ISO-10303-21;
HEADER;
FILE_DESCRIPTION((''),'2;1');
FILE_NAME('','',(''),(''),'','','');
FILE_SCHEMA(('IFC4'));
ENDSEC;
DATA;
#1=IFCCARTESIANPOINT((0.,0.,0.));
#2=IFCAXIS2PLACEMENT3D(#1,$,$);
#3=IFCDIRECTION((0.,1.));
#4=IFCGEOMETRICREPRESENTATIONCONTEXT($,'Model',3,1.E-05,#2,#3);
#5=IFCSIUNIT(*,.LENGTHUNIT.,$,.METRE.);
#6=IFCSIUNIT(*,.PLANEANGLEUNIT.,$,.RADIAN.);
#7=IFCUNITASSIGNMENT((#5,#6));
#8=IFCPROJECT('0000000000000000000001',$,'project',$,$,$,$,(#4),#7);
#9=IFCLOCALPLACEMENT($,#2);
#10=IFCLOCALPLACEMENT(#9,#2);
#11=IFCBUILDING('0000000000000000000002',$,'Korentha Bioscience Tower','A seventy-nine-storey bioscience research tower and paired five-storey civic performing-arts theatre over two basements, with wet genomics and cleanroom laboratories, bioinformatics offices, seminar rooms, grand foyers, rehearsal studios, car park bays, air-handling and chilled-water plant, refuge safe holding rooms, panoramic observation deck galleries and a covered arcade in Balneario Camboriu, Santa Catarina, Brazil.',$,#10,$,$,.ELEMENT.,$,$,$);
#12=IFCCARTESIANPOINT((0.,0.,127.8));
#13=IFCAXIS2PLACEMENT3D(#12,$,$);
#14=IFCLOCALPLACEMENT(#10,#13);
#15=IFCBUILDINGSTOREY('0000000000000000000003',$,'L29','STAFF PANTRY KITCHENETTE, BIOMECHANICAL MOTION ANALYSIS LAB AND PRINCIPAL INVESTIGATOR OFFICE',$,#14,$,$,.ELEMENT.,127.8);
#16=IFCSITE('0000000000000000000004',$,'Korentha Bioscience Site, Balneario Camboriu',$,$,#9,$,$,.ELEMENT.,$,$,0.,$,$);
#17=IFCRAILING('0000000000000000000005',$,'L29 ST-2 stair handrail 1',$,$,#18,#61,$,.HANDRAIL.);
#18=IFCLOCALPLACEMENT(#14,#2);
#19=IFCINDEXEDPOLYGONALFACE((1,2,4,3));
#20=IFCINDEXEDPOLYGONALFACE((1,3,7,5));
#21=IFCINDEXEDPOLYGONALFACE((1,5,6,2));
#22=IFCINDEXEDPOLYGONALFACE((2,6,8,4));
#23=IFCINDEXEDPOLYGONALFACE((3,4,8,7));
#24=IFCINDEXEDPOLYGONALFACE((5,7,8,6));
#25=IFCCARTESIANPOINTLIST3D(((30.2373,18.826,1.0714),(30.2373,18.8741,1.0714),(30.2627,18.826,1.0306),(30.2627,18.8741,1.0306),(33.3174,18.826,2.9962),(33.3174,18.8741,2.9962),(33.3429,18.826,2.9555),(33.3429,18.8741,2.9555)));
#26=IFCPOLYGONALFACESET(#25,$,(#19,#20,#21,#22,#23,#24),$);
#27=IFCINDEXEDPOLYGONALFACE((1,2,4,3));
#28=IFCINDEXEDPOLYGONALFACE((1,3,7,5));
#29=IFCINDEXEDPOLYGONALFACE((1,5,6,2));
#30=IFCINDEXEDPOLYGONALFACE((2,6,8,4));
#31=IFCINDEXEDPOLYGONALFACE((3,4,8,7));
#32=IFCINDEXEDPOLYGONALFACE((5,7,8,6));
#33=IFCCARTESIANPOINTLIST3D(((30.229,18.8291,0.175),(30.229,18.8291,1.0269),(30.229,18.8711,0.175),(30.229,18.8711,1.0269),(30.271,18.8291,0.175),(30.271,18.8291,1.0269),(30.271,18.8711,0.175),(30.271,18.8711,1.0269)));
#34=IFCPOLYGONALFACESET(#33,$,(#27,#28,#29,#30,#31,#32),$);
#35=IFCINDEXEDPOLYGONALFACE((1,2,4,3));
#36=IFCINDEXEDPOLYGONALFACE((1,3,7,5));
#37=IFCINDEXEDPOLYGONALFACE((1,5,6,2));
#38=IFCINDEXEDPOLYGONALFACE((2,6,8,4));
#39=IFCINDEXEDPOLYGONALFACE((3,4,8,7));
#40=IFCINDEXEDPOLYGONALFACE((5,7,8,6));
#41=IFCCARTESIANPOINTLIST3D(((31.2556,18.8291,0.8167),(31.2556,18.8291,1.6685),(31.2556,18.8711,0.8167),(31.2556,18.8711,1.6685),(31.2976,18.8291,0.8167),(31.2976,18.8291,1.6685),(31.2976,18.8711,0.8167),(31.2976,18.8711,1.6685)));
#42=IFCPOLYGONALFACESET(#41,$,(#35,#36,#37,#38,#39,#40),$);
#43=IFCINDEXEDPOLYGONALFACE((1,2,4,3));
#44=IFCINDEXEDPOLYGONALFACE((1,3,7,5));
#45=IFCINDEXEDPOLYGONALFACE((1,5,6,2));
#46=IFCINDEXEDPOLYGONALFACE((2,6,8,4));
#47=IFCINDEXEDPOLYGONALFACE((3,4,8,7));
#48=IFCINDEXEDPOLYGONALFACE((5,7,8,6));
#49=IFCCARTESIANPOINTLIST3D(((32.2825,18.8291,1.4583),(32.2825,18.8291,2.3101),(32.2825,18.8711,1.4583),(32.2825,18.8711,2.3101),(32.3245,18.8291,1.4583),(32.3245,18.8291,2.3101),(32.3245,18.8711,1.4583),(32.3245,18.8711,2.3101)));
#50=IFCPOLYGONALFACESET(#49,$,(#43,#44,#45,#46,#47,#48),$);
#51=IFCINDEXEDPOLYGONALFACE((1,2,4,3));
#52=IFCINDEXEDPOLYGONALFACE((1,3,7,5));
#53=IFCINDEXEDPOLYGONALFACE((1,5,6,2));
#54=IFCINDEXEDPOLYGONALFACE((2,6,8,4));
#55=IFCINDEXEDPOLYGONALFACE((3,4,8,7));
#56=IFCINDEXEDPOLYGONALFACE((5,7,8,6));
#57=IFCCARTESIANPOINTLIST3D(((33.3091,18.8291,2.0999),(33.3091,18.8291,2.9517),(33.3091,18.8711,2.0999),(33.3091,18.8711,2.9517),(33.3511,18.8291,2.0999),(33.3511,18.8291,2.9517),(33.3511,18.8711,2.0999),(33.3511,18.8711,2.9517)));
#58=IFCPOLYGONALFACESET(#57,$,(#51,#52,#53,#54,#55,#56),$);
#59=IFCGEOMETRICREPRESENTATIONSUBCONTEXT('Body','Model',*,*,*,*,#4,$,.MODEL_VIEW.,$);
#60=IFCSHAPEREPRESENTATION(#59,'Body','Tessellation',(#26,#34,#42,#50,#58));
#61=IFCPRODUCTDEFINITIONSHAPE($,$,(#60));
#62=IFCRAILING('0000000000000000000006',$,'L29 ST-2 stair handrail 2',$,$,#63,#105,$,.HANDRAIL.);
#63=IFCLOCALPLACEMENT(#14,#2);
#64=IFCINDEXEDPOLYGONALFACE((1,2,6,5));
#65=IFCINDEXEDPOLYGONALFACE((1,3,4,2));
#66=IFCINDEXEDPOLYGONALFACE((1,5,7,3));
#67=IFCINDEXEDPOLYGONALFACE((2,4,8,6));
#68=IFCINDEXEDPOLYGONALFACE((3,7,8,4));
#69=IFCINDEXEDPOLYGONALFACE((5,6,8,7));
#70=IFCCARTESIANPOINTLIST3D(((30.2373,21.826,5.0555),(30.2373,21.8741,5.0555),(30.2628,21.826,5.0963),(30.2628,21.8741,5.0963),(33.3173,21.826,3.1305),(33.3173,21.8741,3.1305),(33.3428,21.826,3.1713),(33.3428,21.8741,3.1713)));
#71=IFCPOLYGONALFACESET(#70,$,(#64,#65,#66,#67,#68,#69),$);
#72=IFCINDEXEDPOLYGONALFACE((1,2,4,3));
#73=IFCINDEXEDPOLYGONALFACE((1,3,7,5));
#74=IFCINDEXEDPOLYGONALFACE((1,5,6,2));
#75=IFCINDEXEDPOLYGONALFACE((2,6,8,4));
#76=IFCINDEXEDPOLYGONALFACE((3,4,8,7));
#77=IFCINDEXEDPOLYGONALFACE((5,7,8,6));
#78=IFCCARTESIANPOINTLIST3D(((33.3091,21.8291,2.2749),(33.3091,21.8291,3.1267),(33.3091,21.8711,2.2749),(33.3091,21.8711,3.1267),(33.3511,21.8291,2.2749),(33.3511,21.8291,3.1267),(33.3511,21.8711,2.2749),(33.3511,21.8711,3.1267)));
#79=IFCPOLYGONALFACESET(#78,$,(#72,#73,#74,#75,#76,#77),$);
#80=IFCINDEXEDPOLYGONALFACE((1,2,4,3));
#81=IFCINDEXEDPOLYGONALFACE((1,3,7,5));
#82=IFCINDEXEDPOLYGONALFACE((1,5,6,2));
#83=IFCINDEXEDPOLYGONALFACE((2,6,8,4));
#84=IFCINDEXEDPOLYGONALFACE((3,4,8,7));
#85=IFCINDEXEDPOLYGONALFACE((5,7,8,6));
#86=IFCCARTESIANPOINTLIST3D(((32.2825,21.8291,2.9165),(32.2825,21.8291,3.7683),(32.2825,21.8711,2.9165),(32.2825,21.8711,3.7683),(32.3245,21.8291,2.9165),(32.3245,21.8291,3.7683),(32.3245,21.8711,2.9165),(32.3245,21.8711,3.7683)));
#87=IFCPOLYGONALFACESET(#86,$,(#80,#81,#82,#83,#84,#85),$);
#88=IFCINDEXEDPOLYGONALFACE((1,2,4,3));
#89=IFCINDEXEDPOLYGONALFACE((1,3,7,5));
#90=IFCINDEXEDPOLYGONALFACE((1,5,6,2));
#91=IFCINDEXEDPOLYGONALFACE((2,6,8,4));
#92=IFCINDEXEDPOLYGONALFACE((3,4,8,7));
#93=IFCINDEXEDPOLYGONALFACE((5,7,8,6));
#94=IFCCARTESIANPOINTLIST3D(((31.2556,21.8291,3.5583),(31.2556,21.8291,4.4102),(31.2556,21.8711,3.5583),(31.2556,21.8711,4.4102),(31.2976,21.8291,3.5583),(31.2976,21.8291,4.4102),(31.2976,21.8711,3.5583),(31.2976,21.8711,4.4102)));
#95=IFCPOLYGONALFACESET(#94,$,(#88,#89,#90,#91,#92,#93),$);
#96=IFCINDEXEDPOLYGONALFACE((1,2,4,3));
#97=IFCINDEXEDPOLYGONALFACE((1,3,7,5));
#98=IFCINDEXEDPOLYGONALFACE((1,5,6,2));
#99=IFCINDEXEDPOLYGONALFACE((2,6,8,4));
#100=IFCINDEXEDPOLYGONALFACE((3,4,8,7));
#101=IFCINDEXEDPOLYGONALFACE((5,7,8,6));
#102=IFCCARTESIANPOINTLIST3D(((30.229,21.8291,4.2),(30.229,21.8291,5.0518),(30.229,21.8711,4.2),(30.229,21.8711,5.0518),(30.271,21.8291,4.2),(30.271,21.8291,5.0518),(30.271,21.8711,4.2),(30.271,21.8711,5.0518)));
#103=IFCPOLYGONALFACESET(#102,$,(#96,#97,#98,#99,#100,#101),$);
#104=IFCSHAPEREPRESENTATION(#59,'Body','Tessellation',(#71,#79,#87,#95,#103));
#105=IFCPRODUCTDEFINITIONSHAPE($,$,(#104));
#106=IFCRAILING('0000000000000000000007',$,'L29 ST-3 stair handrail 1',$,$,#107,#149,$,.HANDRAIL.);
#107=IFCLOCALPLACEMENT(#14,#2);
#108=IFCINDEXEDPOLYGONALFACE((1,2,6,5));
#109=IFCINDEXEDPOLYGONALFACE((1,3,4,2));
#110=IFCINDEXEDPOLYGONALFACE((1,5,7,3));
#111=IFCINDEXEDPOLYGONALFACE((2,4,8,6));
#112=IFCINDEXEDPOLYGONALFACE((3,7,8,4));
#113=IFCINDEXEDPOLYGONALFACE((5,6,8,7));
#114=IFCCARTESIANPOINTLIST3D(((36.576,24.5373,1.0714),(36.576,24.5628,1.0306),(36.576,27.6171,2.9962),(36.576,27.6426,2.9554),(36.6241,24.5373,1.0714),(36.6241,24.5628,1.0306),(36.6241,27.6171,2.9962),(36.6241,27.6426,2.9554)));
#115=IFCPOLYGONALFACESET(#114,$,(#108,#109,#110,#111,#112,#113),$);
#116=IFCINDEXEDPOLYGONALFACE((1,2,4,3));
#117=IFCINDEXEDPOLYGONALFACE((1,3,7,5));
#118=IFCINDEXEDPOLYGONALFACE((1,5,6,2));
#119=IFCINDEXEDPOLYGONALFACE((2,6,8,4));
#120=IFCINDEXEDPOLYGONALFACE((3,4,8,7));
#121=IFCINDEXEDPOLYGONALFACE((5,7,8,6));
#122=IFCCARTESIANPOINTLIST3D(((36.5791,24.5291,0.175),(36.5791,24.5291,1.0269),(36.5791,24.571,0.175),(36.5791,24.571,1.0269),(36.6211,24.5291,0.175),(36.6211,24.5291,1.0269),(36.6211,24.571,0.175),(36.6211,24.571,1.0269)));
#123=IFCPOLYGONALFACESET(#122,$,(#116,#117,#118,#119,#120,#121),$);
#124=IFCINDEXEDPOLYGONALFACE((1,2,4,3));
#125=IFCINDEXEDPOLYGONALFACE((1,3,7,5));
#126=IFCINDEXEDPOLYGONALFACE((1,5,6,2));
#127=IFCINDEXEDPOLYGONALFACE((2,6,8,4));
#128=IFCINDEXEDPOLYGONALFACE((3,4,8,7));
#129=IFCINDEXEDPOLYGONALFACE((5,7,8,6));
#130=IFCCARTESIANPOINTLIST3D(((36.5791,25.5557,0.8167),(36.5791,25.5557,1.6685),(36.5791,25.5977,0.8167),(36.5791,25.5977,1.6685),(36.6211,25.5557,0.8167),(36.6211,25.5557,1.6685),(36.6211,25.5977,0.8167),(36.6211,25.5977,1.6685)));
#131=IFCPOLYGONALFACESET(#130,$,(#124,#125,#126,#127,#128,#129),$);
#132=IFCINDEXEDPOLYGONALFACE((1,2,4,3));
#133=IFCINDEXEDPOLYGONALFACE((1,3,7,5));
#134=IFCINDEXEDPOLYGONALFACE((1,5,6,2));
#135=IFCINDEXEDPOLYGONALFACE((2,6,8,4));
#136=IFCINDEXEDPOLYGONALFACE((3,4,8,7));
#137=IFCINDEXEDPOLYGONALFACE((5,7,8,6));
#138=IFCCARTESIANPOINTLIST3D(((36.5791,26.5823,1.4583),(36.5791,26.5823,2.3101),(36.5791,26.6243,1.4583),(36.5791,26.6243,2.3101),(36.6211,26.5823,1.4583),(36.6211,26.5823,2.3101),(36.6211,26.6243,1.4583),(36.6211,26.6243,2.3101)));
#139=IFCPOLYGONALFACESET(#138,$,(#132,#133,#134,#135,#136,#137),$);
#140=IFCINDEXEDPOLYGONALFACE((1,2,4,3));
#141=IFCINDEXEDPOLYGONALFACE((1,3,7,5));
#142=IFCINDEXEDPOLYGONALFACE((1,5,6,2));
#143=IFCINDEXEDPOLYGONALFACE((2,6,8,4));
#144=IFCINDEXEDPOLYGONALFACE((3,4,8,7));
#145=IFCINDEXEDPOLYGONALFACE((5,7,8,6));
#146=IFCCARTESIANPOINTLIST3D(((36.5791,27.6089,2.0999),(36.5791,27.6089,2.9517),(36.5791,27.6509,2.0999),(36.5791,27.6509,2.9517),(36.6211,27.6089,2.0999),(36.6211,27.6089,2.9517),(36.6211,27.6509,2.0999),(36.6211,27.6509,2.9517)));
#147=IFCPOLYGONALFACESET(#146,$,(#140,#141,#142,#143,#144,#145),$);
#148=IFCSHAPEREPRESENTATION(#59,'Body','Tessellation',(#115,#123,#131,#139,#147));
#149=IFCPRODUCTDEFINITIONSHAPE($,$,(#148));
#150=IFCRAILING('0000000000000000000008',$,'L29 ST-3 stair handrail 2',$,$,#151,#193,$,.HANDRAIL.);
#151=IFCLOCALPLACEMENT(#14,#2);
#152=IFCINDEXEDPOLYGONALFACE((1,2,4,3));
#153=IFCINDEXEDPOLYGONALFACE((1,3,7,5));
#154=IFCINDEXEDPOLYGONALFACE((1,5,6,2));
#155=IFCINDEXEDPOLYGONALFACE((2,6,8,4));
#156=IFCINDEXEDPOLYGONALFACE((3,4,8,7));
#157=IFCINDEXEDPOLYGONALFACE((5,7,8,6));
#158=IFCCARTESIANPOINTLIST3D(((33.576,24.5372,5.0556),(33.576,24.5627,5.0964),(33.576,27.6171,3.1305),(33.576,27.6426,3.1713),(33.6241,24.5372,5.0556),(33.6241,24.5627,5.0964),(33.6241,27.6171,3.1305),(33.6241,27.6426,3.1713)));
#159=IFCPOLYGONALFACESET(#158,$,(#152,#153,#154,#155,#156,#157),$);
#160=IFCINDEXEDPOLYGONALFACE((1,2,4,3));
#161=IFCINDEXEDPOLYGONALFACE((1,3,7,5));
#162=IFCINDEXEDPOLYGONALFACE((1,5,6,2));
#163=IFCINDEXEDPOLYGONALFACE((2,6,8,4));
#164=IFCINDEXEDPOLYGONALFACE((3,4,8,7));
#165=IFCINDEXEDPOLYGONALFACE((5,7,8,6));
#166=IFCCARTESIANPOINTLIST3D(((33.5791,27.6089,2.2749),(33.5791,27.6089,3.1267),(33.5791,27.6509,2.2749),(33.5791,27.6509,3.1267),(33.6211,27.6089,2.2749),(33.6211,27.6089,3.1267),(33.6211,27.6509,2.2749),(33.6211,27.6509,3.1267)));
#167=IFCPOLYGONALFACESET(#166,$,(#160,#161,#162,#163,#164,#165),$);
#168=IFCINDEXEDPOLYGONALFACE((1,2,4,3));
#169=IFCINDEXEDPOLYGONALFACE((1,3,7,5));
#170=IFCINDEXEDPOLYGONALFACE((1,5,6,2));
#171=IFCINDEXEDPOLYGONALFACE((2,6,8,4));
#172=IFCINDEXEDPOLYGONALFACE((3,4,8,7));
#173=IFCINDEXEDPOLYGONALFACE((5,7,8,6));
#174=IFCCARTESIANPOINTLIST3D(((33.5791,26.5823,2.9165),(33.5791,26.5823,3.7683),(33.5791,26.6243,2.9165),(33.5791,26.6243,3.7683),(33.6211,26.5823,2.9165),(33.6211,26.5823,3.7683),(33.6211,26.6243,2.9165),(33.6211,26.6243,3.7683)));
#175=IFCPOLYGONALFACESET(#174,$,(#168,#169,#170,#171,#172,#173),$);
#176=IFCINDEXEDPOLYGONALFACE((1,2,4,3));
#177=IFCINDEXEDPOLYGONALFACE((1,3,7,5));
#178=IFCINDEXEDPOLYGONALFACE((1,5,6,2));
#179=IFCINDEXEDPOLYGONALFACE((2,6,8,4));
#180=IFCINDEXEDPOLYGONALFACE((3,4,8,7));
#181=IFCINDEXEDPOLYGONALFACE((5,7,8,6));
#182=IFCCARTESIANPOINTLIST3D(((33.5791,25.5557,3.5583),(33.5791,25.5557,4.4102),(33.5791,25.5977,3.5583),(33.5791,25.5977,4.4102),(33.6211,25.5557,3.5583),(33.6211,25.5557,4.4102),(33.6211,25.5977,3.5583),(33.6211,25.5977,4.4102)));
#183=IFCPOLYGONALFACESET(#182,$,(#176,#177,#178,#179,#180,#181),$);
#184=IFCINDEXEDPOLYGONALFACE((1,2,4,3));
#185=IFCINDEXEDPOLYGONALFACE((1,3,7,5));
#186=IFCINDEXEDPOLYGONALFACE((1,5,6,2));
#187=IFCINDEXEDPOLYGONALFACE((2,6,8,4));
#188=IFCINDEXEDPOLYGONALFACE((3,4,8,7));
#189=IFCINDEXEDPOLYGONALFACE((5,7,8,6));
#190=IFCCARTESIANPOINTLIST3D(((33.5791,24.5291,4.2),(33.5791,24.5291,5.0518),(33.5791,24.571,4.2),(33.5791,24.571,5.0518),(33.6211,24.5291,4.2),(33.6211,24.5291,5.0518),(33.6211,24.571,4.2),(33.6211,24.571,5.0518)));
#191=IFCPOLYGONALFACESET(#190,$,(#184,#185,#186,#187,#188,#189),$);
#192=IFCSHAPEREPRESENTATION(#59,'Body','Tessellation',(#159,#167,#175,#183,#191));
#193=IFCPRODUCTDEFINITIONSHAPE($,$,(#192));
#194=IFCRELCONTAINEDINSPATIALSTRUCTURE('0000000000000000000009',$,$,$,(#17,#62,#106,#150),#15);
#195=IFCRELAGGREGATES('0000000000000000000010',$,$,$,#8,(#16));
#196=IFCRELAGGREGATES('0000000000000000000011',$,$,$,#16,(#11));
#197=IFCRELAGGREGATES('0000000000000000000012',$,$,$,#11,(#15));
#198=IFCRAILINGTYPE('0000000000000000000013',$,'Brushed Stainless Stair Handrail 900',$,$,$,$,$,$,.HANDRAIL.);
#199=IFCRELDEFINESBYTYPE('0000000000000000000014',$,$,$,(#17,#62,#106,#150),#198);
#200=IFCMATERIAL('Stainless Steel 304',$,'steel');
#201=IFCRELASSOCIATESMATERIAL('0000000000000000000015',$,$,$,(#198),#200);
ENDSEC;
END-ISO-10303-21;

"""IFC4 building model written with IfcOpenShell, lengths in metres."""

from ifc_helpers import new_model, si_unit, direction, frame, origin, origin_2d, place, context, subcontext, project, spatial, rectangle, extrude, material, type_object, element, save


model = new_model("IFC4")

# Units and contexts
model_context = context("Model", 3, precision=1e-05, world=origin(), true_north=direction((0.0, 1.0)))
body_context = subcontext(model_context, "Body", "Model", "MODEL_VIEW")
ifc_project = project(units=[si_unit("LENGTHUNIT", "METRE"), si_unit("PLANEANGLEUNIT", "RADIAN")], contexts=[model_context])

# Site, building, storey
site_placement = place(None, origin())
site = spatial("IfcSite", under=ifc_project, at=site_placement, Name="Korentha Bioscience Site, Balneario Camboriu", CompositionType="ELEMENT", RefElevation=0.0)
building_placement = place(site_placement, origin())
building = spatial("IfcBuilding", under=site, at=building_placement, Name="Korentha Bioscience Tower", Description="A seventy-nine-storey bioscience research tower and paired five-storey civic performing-arts theatre over two basements, with wet genomics and cleanroom laboratories, bioinformatics offices, seminar rooms, grand foyers, rehearsal studios, car park bays, air-handling and chilled-water plant, refuge safe holding rooms, panoramic observation deck galleries and a covered arcade in Balneario Camboriu, Santa Catarina, Brazil.", CompositionType="ELEMENT")
storey_placement = place(building_placement, frame((0.0, 0.0, 127.8)))
storey = spatial("IfcBuildingStorey", under=building, at=storey_placement, Name="L29", Description="STAFF PANTRY KITCHENETTE, BIOMECHANICAL MOTION ANALYSIS LAB AND PRINCIPAL INVESTIGATOR OFFICE", CompositionType="ELEMENT", Elevation=127.8)

# Railings
ifc_material_1 = material(Name="Stainless Steel 304", Category="steel")
railing_type_1 = type_object("IfcRailingType", Name="Brushed Stainless Stair Handrail 900", PredefinedType="HANDRAIL", material=ifc_material_1)
railing_1_placement = place(storey_placement, frame((30.25, 18.8501, 0.175)))
element("IfcRailing", 1, at=railing_1_placement, inside=storey, type_object=railing_type_1, Name="L29 ST-2 stair handrail 1", PredefinedType="HANDRAIL", context=body_context, shape_type="SweptSolid", body=[
    extrude(rectangle(XDim=0.0481, YDim=0.0481, at=origin_2d()), frame((0.0, 0.0, 0.876), z_axis=(0.848029, 0.0, 0.529951), x_axis=(0.0, 1.0, 0.0)), (0.0, 0.0, 1.0), 3.6321),
    extrude(rectangle(XDim=0.042, YDim=0.042, at=origin_2d()), origin(), (0.0, 0.0, 1.0), 0.8518),
    extrude(rectangle(XDim=0.042, YDim=0.042, at=origin_2d()), frame((1.0266, 0.0, 0.6416)), (0.0, 0.0, 1.0), 0.8518),
    extrude(rectangle(XDim=0.042, YDim=0.042, at=origin_2d()), frame((2.0535, 0.0, 1.2832)), (0.0, 0.0, 1.0), 0.8518),
    extrude(rectangle(XDim=0.042, YDim=0.042, at=origin_2d()), frame((3.0801, 0.0, 1.9248)), (0.0, 0.0, 1.0), 0.8518),
])
railing_2_placement = place(storey_placement, frame((33.3301, 21.8501, 2.2749)))
element("IfcRailing", 2, at=railing_2_placement, inside=storey, type_object=railing_type_1, Name="L29 ST-2 stair handrail 2", PredefinedType="HANDRAIL", context=body_context, shape_type="SweptSolid", body=[
    extrude(rectangle(XDim=0.0481, YDim=0.0481, at=origin_2d()), frame((0.0, 0.0, 0.876), z_axis=(-0.847998, 0.0, 0.529999), x_axis=(0.0, -1.0, 0.0)), (0.0, 0.0, 1.0), 3.6321),
    extrude(rectangle(XDim=0.042, YDim=0.042, at=origin_2d()), origin(), (0.0, 0.0, 1.0), 0.8518),
    extrude(rectangle(XDim=0.042, YDim=0.042, at=origin_2d()), frame((-1.0266, 0.0, 0.6416)), (0.0, 0.0, 1.0), 0.8518),
    extrude(rectangle(XDim=0.042, YDim=0.042, at=origin_2d()), frame((-2.0535, 0.0, 1.2834)), (0.0, 0.0, 1.0), 0.8518),
    extrude(rectangle(XDim=0.042, YDim=0.042, at=origin_2d()), frame((-3.0801, 0.0, 1.925)), (0.0, 0.0, 1.0), 0.8518),
])
railing_3_placement = place(storey_placement, frame((36.6001, 24.55, 0.175)))
element("IfcRailing", 3, at=railing_3_placement, inside=storey, type_object=railing_type_1, Name="L29 ST-3 stair handrail 1", PredefinedType="HANDRAIL", context=body_context, shape_type="SweptSolid", body=[
    extrude(rectangle(XDim=0.0481, YDim=0.0481, at=origin_2d()), frame((0.0, 0.0, 0.876), z_axis=(0.0, 0.84801, 0.529981), x_axis=(-1.0, 0.0, 0.0)), (0.0, 0.0, 1.0), 3.6318),
    extrude(rectangle(XDim=0.042, YDim=0.042, at=origin_2d()), origin(), (0.0, 0.0, 1.0), 0.8518),
    extrude(rectangle(XDim=0.042, YDim=0.042, at=origin_2d()), frame((0.0, 1.0266, 0.6416)), (0.0, 0.0, 1.0), 0.8518),
    extrude(rectangle(XDim=0.042, YDim=0.042, at=origin_2d()), frame((0.0, 2.0532, 1.2832)), (0.0, 0.0, 1.0), 0.8518),
    extrude(rectangle(XDim=0.042, YDim=0.042, at=origin_2d()), frame((0.0, 3.0798, 1.9248)), (0.0, 0.0, 1.0), 0.8518),
])
railing_4_placement = place(storey_placement, frame((33.6001, 27.6299, 2.2749)))
element("IfcRailing", 4, at=railing_4_placement, inside=storey, type_object=railing_type_1, Name="L29 ST-3 stair handrail 2", PredefinedType="HANDRAIL", context=body_context, shape_type="SweptSolid", body=[
    extrude(rectangle(XDim=0.0481, YDim=0.0481, at=origin_2d()), frame((0.0, 0.0, 0.876), z_axis=(0.0, -0.847979, 0.530029), x_axis=(1.0, 0.0, 0.0)), (0.0, 0.0, 1.0), 3.6321),
    extrude(rectangle(XDim=0.042, YDim=0.042, at=origin_2d()), origin(), (0.0, 0.0, 1.0), 0.8518),
    extrude(rectangle(XDim=0.042, YDim=0.042, at=origin_2d()), frame((0.0, -1.0266, 0.6416)), (0.0, 0.0, 1.0), 0.8518),
    extrude(rectangle(XDim=0.042, YDim=0.042, at=origin_2d()), frame((0.0, -2.0532, 1.2834)), (0.0, 0.0, 1.0), 0.8518),
    extrude(rectangle(XDim=0.042, YDim=0.042, at=origin_2d()), frame((0.0, -3.0798, 1.925)), (0.0, 0.0, 1.0), 0.8518),
])

save(model, "model.ifc")
